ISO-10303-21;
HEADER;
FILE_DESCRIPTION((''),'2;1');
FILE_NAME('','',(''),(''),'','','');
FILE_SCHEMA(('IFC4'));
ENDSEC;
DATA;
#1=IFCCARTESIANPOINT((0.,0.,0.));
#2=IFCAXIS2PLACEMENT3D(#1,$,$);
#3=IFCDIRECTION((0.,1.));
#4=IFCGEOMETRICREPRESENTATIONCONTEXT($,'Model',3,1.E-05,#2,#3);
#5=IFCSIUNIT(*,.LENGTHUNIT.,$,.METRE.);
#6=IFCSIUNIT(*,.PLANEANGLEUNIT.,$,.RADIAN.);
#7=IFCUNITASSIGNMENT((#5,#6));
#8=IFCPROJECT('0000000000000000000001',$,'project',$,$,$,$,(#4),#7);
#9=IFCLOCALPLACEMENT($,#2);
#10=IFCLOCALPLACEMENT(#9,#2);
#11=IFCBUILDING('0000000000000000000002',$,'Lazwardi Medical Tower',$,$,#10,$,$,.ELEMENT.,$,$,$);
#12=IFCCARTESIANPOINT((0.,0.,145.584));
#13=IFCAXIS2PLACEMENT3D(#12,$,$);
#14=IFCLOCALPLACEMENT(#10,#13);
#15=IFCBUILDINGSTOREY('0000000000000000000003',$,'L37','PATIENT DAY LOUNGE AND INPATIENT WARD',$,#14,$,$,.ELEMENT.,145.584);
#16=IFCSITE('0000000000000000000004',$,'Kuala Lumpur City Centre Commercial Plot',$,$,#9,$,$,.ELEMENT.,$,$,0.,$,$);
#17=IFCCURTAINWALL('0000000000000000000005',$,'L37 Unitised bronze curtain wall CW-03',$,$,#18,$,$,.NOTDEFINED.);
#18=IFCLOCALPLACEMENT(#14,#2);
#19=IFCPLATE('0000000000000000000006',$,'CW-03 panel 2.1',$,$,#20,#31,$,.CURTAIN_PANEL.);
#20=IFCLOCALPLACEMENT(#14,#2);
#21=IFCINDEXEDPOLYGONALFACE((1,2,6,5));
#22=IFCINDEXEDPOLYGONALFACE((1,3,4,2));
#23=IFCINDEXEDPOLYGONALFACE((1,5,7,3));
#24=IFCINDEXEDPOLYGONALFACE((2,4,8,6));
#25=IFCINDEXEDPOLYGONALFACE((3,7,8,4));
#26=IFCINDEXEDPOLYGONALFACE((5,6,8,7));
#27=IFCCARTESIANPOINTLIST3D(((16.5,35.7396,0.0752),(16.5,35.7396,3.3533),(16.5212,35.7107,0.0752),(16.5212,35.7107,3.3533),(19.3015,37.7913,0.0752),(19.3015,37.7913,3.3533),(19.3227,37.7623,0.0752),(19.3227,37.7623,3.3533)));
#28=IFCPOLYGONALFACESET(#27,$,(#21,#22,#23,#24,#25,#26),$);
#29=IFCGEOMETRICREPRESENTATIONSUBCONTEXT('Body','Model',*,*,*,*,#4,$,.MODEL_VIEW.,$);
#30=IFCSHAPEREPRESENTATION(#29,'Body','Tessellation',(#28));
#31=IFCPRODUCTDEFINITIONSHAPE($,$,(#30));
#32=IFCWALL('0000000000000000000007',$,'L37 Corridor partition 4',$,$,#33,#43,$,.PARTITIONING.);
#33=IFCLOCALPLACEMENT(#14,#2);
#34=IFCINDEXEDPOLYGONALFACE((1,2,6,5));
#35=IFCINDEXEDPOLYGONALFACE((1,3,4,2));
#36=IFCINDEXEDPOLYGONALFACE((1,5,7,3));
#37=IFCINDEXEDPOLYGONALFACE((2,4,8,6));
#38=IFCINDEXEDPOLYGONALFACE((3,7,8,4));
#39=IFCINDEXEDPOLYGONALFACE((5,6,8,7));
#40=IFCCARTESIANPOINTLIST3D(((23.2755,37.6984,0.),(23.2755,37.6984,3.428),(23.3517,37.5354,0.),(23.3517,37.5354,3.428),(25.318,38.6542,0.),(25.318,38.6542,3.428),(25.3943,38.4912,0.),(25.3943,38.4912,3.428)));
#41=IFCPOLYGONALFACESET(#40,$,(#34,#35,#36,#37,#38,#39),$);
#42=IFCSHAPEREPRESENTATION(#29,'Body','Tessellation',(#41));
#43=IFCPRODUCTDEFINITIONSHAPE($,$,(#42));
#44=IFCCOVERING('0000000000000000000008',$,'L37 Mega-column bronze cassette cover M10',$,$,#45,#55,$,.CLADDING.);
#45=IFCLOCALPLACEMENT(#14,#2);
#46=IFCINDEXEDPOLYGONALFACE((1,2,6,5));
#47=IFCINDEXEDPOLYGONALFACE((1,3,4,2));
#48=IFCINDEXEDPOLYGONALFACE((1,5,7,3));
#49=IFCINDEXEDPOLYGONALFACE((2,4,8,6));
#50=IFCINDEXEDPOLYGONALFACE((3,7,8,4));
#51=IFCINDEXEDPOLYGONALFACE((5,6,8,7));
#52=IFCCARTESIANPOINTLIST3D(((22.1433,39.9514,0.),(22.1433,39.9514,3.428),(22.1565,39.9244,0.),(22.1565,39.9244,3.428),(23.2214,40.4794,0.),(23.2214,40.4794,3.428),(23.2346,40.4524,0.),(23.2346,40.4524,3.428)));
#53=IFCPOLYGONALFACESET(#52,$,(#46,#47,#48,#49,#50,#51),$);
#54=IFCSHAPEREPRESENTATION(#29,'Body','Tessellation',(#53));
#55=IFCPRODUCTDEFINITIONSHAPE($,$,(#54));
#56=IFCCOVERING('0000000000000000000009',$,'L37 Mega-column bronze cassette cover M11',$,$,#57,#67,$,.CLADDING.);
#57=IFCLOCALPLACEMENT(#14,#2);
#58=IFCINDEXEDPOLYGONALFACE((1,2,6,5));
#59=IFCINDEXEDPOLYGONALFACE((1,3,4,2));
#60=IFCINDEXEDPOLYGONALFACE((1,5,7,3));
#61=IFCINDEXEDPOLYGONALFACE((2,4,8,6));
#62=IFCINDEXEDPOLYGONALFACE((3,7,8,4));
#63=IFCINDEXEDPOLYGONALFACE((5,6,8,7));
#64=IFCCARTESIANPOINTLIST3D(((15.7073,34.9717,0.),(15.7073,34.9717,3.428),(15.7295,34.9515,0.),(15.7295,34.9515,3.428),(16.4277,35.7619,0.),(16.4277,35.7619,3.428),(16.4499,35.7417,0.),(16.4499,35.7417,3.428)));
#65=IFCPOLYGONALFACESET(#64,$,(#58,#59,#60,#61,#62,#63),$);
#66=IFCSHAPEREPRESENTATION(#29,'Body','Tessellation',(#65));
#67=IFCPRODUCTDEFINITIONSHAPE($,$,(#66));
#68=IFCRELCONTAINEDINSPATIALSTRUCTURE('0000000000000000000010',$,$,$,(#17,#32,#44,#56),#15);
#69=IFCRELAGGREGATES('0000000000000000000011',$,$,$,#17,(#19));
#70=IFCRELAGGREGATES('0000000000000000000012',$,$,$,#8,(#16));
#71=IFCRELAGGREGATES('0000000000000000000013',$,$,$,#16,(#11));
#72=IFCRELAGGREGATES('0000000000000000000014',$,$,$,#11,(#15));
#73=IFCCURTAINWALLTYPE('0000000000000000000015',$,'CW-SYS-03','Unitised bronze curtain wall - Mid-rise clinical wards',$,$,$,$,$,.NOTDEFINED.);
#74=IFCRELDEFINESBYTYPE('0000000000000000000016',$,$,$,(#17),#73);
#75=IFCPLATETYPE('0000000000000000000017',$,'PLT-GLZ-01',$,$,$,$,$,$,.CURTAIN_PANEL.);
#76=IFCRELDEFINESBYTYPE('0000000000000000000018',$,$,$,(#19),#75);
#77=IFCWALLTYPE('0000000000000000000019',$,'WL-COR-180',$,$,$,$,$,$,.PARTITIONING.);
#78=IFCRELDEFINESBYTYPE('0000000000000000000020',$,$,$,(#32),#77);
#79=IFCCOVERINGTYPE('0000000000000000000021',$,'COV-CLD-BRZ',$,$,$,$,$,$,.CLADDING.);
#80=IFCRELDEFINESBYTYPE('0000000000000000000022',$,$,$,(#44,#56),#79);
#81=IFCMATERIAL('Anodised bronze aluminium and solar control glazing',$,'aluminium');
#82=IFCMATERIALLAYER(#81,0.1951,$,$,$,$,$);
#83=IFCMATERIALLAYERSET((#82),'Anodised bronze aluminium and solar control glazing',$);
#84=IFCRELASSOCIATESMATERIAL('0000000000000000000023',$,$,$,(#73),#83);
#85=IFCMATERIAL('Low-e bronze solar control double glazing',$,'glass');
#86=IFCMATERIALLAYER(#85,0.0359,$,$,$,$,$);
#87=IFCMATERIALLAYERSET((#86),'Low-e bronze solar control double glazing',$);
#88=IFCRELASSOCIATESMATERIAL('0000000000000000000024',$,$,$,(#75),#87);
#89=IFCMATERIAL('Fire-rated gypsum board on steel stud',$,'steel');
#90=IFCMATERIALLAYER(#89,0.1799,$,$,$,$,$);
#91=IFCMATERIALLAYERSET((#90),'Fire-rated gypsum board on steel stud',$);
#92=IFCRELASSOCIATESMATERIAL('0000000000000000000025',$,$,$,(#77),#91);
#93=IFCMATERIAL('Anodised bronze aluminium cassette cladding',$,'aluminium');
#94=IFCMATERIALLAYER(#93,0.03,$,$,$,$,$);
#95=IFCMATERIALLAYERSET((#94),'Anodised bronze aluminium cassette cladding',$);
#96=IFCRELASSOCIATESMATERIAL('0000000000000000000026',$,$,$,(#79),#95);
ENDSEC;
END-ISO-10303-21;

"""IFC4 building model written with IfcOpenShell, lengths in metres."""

from ifc_helpers import new_model, si_unit, direction, frame, frame_2d, origin, origin_2d, place, context, subcontext, project, spatial, rectangle, extrude, material, layer, layer_set, type_object, element, aggregate, save


model = new_model("IFC4")

# Units and contexts
model_context = context("Model", 3, precision=1e-05, world=origin(), true_north=direction((0.0, 1.0)))
body_context = subcontext(model_context, "Body", "Model", "MODEL_VIEW")
ifc_project = project(units=[si_unit("LENGTHUNIT", "METRE"), si_unit("PLANEANGLEUNIT", "RADIAN")], contexts=[model_context])

# Site, building, storey
site_placement = place(None, origin())
site = spatial("IfcSite", under=ifc_project, at=site_placement, Name="Kuala Lumpur City Centre Commercial Plot", CompositionType="ELEMENT", RefElevation=0.0)
building_placement = place(site_placement, origin())
building = spatial("IfcBuilding", under=site, at=building_placement, Name="Lazwardi Medical Tower", CompositionType="ELEMENT")
storey_placement = place(building_placement, frame((0.0, 0.0, 145.584)))
storey = spatial("IfcBuildingStorey", under=building, at=storey_placement, Name="L37", Description="PATIENT DAY LOUNGE AND INPATIENT WARD", CompositionType="ELEMENT", Elevation=145.584)

# Shared definitions
ifc_material_1 = material(Name="Anodised bronze aluminium and solar control glazing", Category="aluminium")
ifc_layer_1 = layer(ifc_material_1, 0.1951)
ifc_layer_set_1 = layer_set([ifc_layer_1], Name="Anodised bronze aluminium and solar control glazing")
curtain_wall_type = type_object("IfcCurtainWallType", Name="CW-SYS-03", Description="Unitised bronze curtain wall - Mid-rise clinical wards", PredefinedType="NOTDEFINED", material=ifc_layer_set_1)

# Curtain wall
curtain_wall_1_placement = place(storey_placement, origin())
curtain_wall_1 = element("IfcCurtainWall", 1, at=curtain_wall_1_placement, inside=storey, type_object=curtain_wall_type, Name="L37 Unitised bronze curtain wall CW-03", PredefinedType="NOTDEFINED")

# Plate
ifc_material_2 = material(Name="Low-e bronze solar control double glazing", Category="glass")
ifc_layer_2 = layer(ifc_material_2, 0.0359)
ifc_layer_set_2 = layer_set([ifc_layer_2], Name="Low-e bronze solar control double glazing")
plate_type = type_object("IfcPlateType", Name="PLT-GLZ-01", PredefinedType="CURTAIN_PANEL", material=ifc_layer_set_2)
plate_1_placement = place(storey_placement, frame((17.9114, 36.751, 0.0752), z_axis=(0.0, 0.0, 1.0), x_axis=(-0.806793, -0.590834, 0.0)))
plate_1 = element("IfcPlate", 2, at=plate_1_placement, type_object=plate_type, Name="CW-03 panel 2.1", PredefinedType="CURTAIN_PANEL", context=body_context, shape_type="SweptSolid", body=[
    extrude(rectangle(XDim=3.4724, YDim=0.0359, at=origin_2d()), origin(), (0.0, 0.0, 1.0), 3.2781),
])
aggregate(curtain_wall_1, [plate_1])

# Wall
ifc_material_3 = material(Name="Fire-rated gypsum board on steel stud", Category="steel")
ifc_layer_3 = layer(ifc_material_3, 0.1799)
ifc_layer_set_3 = layer_set([ifc_layer_3], Name="Fire-rated gypsum board on steel stud")
wall_type = type_object("IfcWallType", Name="WL-COR-180", PredefinedType="PARTITIONING", material=ifc_layer_set_3)
wall_placement = place(storey_placement, frame((23.3137, 37.6169, 0.0), z_axis=(0.0, 0.0, 1.0), x_axis=(0.905732, 0.423851, 0.0)))
element("IfcWall", 3, at=wall_placement, inside=storey, type_object=wall_type, Name="L37 Corridor partition 4", PredefinedType="PARTITIONING", context=body_context, shape_type="SweptSolid", body=[
    extrude(rectangle(XDim=2.2551, YDim=0.1799, at=frame_2d((1.1274, 0.0))), origin(), (0.0, 0.0, 1.0), 3.428),
])

# Coverings
ifc_material_4 = material(Name="Anodised bronze aluminium cassette cladding", Category="aluminium")
ifc_layer_4 = layer(ifc_material_4, 0.03)
ifc_layer_set_4 = layer_set([ifc_layer_4], Name="Anodised bronze aluminium cassette cladding")
covering_type = type_object("IfcCoveringType", Name="COV-CLD-BRZ", PredefinedType="CLADDING", material=ifc_layer_set_4)
covering_1_placement = place(storey_placement, frame((22.689, 40.2019, 0.0), z_axis=(0.0, 0.0, 1.0), x_axis=(-0.898079, -0.439834, 0.0)))
element("IfcCovering", 4, at=covering_1_placement, inside=storey, type_object=covering_type, Name="L37 Mega-column bronze cassette cover M10", PredefinedType="CLADDING", context=body_context, shape_type="SweptSolid", body=[
    extrude(rectangle(XDim=1.2004, YDim=0.03, at=origin_2d()), origin(), (0.0, 0.0, 1.0), 3.428),
])
covering_2_placement = place(storey_placement, frame((16.0786, 35.3567, 0.0), z_axis=(0.0, 0.0, 1.0), x_axis=(-0.673714, -0.738992, 0.0)))
element("IfcCovering", 5, at=covering_2_placement, inside=storey, type_object=covering_type, Name="L37 Mega-column bronze cassette cover M11", PredefinedType="CLADDING", context=body_context, shape_type="SweptSolid", body=[
    extrude(rectangle(XDim=1.0693, YDim=0.03, at=origin_2d()), origin(), (0.0, 0.0, 1.0), 3.428),
])

save(model, "model.ifc")
